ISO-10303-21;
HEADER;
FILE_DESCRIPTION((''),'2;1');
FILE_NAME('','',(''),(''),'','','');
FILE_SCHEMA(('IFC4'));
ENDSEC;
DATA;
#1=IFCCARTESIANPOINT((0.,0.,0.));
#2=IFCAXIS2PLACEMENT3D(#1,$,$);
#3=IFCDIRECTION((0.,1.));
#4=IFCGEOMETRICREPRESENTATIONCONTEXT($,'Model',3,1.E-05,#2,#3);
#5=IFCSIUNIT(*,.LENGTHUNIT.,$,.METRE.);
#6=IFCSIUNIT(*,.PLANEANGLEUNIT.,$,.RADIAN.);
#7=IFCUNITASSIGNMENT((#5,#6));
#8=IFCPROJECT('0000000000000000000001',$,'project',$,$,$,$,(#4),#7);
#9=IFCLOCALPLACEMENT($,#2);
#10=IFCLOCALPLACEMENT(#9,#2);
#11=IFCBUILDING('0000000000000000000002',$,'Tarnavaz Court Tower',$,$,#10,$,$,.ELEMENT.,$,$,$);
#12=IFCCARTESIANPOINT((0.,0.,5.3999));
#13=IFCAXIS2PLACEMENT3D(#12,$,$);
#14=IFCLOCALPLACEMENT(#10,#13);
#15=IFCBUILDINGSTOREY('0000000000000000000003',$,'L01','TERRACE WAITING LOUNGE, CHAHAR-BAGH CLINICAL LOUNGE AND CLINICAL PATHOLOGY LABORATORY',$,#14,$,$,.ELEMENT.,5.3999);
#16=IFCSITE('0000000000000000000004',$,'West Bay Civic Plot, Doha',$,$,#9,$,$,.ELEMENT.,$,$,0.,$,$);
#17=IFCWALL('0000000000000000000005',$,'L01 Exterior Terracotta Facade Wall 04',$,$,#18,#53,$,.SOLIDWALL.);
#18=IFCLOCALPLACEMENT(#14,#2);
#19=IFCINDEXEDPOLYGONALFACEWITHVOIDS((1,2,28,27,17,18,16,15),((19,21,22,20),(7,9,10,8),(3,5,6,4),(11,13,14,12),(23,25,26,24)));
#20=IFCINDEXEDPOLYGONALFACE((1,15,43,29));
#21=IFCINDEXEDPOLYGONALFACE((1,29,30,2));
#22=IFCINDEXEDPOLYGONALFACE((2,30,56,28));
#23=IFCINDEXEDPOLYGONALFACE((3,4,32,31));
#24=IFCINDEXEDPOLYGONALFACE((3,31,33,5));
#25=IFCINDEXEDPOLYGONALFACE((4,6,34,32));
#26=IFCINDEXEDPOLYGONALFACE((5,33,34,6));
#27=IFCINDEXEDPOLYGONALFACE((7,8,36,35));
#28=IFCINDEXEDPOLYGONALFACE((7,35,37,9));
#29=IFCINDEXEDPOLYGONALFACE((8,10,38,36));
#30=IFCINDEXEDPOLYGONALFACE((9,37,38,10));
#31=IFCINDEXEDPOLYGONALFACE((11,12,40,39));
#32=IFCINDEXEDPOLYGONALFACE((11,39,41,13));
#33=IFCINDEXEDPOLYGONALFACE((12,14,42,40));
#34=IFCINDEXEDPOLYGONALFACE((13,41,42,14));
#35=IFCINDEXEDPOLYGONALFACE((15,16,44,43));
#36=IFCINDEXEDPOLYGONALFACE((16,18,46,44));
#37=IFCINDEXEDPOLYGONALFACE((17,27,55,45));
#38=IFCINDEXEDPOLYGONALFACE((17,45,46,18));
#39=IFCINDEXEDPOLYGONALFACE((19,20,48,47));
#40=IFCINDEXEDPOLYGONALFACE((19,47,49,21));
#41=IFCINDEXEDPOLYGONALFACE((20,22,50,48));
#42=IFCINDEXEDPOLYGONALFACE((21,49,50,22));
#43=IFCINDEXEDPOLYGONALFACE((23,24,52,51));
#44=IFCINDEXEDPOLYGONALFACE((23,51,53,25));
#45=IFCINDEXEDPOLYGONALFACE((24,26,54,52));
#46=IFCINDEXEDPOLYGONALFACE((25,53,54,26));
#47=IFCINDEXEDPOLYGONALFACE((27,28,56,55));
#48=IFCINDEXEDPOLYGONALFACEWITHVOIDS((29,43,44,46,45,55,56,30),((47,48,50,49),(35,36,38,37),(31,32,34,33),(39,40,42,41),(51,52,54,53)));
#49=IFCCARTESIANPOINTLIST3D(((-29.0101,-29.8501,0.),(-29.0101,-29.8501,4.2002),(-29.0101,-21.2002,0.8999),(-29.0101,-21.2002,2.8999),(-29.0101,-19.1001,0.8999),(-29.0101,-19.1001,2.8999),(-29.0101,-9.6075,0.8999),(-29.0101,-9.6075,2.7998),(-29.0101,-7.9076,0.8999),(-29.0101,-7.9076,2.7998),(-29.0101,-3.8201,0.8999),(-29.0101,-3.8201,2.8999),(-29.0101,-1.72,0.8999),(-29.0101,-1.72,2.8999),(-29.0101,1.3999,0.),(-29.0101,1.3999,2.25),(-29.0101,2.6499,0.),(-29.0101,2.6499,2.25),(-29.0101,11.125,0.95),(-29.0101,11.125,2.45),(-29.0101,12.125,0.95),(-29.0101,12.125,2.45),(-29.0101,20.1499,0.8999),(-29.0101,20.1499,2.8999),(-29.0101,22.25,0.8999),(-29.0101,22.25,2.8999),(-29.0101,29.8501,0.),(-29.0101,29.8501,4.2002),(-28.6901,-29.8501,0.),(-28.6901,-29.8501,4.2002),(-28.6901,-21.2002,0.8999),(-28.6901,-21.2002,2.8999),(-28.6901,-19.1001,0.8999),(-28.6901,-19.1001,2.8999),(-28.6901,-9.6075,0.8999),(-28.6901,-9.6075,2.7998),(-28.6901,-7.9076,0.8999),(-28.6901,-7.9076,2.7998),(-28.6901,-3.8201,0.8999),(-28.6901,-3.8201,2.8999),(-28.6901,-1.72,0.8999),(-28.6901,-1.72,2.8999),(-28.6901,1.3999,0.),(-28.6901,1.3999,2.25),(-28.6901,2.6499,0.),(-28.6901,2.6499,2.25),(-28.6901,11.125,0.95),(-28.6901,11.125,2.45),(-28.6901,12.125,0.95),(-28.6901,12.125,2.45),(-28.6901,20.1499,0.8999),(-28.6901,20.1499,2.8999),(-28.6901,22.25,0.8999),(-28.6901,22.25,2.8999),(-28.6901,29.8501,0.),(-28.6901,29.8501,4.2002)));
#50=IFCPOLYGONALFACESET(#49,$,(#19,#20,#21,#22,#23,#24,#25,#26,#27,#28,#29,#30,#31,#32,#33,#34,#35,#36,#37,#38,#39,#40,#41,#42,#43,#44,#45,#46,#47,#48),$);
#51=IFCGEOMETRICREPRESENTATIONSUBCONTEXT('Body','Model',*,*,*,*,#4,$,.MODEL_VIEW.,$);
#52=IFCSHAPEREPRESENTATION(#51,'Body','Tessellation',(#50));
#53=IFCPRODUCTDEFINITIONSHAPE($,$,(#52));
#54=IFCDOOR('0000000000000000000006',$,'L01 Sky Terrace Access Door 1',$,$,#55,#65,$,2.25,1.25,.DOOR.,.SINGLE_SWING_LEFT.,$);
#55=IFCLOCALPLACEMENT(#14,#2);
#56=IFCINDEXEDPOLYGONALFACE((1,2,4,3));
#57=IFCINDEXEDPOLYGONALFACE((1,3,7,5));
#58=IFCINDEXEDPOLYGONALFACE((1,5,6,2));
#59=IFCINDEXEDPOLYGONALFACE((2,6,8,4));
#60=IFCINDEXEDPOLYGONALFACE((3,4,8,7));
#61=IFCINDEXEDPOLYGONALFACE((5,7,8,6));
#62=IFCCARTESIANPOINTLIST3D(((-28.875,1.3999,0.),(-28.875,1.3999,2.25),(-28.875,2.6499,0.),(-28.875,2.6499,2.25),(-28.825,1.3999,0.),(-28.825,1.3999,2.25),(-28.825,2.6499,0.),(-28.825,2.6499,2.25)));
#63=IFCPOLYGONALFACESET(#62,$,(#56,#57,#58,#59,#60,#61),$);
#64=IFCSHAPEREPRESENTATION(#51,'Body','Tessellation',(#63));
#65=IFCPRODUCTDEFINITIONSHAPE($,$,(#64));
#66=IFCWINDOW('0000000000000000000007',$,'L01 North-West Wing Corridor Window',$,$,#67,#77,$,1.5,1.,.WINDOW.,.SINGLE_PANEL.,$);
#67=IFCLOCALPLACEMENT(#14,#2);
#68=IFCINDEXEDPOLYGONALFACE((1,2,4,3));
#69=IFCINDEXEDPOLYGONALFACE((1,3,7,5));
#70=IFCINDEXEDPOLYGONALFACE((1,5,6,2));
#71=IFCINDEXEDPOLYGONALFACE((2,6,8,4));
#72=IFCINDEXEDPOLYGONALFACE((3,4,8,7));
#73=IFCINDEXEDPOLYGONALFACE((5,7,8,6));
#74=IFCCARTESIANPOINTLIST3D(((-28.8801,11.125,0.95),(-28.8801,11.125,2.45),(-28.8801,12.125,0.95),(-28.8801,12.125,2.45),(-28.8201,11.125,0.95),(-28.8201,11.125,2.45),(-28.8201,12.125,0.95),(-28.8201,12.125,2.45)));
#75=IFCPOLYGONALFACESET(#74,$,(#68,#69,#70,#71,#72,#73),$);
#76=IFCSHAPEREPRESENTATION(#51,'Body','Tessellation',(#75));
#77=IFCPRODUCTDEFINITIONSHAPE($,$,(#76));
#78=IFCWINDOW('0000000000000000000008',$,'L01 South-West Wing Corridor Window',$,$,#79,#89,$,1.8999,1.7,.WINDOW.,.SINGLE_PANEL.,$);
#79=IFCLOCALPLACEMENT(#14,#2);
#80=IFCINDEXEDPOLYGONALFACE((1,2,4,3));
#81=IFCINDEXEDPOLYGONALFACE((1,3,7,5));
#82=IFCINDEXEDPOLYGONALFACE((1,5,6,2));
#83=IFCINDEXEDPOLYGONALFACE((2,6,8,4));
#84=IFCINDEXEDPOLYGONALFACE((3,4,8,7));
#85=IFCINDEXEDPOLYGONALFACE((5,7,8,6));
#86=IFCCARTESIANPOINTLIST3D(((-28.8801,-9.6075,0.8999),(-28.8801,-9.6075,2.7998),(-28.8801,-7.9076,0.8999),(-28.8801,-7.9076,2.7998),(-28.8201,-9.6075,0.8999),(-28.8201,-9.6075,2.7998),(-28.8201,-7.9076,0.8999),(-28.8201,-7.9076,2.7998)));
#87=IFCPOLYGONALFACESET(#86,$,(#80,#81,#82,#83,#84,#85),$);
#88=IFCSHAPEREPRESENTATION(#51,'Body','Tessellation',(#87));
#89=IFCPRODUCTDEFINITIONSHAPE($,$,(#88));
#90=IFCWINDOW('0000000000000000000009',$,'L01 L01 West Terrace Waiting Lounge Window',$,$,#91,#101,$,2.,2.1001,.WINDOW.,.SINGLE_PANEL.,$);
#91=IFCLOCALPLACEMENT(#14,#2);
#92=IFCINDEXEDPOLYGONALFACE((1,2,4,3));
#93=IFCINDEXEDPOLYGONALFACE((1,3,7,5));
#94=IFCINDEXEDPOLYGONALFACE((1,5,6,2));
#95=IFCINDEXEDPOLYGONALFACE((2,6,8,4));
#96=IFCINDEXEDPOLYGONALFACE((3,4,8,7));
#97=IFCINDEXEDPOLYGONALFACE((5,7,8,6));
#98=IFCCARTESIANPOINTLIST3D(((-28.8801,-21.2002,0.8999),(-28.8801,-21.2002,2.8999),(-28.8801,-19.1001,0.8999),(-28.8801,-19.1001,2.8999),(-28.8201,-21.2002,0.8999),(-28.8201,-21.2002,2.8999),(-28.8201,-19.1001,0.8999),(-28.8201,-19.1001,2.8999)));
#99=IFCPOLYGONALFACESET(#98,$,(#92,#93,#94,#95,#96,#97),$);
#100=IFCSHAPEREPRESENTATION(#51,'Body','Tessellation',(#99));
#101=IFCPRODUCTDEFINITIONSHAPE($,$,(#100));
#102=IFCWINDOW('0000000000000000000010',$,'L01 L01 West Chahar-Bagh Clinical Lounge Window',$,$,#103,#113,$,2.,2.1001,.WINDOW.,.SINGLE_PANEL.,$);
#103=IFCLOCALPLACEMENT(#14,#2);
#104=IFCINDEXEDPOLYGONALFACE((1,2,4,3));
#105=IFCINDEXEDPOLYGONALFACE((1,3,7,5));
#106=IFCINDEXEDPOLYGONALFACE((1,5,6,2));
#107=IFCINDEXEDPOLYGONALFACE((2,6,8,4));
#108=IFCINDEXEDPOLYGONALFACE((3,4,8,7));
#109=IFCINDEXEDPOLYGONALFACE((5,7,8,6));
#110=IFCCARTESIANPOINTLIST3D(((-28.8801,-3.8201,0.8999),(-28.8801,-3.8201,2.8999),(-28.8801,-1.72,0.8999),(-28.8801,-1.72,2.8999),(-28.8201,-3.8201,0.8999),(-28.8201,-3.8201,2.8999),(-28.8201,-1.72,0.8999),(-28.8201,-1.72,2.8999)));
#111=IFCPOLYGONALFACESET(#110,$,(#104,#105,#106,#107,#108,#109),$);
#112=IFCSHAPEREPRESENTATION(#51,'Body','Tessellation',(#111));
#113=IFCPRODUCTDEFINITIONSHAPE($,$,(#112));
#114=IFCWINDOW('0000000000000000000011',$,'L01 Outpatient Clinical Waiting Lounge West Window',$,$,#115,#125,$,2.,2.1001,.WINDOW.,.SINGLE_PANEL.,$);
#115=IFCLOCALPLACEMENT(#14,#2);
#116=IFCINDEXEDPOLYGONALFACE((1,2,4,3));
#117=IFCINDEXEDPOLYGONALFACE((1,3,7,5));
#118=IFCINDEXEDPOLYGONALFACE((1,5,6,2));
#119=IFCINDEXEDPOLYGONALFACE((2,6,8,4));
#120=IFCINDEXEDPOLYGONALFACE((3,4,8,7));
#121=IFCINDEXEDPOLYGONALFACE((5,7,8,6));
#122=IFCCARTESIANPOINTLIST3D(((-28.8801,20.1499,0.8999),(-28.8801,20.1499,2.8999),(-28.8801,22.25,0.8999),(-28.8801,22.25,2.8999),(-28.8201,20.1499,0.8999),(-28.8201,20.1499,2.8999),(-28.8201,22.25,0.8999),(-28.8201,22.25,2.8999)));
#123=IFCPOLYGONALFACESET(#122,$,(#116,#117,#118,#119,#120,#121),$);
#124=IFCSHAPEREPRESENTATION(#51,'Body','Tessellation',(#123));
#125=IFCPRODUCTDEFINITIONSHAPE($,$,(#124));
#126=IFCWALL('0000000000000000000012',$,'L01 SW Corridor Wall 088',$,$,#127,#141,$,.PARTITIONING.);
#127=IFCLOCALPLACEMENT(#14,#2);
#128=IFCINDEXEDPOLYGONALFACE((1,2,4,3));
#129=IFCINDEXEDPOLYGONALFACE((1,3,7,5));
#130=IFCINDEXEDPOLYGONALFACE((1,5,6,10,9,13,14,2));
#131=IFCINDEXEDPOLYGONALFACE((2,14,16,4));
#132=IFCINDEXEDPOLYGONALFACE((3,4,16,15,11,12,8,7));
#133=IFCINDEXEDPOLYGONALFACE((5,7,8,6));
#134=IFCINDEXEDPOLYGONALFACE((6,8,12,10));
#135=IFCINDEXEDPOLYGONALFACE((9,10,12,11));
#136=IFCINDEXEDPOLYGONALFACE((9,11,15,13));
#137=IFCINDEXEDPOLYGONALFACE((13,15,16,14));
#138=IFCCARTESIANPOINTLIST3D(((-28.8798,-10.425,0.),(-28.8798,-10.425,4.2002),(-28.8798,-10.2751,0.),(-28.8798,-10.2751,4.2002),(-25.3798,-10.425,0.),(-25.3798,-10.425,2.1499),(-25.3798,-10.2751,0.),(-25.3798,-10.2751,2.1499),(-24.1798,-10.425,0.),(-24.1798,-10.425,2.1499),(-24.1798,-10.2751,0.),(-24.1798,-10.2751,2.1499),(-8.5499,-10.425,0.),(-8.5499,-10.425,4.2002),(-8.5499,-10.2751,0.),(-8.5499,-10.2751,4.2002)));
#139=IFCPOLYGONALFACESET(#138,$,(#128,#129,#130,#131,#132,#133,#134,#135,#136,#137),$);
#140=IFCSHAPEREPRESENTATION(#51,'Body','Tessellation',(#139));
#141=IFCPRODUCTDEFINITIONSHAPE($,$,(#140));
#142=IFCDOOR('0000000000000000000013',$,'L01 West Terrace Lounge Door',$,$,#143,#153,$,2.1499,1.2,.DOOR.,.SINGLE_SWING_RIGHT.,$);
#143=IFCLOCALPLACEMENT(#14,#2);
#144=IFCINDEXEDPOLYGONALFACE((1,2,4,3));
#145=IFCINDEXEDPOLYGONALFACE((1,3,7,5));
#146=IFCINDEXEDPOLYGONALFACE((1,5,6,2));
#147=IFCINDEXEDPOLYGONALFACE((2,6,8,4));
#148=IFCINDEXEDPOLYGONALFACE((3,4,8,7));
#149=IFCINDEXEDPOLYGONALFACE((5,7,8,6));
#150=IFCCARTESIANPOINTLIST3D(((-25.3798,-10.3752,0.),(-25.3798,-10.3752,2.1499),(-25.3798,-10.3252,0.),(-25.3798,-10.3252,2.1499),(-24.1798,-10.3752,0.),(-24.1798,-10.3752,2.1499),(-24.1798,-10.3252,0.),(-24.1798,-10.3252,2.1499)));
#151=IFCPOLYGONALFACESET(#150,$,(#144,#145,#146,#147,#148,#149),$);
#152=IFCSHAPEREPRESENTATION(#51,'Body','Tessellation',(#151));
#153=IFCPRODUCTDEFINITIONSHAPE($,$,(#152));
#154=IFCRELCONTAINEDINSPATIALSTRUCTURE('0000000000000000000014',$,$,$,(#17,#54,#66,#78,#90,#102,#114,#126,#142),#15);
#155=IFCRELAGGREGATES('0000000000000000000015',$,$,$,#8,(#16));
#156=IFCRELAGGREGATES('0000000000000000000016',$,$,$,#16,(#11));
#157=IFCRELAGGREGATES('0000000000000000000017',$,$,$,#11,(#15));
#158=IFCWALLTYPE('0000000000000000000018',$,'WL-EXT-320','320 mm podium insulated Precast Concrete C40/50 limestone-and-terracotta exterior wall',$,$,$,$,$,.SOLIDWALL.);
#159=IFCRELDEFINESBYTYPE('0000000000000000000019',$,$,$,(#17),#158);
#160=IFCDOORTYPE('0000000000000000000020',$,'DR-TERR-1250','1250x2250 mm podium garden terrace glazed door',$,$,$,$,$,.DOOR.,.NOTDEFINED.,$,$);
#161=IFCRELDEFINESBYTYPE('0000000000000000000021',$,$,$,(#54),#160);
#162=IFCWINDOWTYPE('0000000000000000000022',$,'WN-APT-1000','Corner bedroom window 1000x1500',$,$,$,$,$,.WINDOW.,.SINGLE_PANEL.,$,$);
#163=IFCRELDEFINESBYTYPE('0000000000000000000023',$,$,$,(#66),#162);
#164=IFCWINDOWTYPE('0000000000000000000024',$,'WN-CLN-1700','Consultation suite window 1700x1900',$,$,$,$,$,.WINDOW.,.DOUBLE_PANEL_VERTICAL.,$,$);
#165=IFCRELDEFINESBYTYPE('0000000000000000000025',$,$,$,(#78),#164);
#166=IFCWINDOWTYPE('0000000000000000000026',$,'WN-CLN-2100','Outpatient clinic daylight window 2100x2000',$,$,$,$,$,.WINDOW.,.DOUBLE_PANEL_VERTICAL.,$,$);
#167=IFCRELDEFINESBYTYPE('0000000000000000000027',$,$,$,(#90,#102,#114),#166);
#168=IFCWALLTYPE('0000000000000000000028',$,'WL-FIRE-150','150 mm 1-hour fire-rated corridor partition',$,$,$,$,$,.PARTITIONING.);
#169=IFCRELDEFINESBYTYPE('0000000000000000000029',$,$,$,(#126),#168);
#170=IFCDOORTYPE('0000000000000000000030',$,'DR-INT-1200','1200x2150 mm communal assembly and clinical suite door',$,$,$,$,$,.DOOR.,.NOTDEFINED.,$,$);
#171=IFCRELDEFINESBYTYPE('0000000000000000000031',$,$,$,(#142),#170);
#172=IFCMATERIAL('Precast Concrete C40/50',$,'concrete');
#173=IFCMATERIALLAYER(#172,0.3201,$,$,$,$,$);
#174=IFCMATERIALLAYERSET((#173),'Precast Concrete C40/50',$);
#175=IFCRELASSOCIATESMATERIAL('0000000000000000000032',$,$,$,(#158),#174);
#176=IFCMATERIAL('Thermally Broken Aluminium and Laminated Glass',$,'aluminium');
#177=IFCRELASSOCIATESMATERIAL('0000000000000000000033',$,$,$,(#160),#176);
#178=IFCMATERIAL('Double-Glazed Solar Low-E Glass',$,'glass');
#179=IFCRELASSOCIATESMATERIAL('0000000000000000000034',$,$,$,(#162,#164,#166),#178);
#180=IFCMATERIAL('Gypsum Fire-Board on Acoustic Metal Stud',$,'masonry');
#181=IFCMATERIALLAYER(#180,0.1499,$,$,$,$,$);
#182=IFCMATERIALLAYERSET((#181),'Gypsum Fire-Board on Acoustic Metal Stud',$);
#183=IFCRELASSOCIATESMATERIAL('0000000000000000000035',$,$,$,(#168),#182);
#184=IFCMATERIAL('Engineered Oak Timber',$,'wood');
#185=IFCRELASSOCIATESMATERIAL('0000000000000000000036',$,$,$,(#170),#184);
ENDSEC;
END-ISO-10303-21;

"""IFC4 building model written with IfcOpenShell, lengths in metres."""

from ifc_helpers import new_model, si_unit, direction, frame, frame_2d, origin, place, context, subcontext, project, spatial, rectangle, extrude, material, layer, layer_set, type_object, element, fill, save


model = new_model("IFC4")

# Units and contexts
model_context = context("Model", 3, precision=1e-05, world=origin(), true_north=direction((0.0, 1.0)))
body_context = subcontext(model_context, "Body", "Model", "MODEL_VIEW")
ifc_project = project(units=[si_unit("LENGTHUNIT", "METRE"), si_unit("PLANEANGLEUNIT", "RADIAN")], contexts=[model_context])

# Site, building, storey
site_placement = place(None, origin())
site = spatial("IfcSite", under=ifc_project, at=site_placement, Name="West Bay Civic Plot, Doha", CompositionType="ELEMENT", RefElevation=0.0)
building_placement = place(site_placement, origin())
building = spatial("IfcBuilding", under=site, at=building_placement, Name="Tarnavaz Court Tower", CompositionType="ELEMENT")
storey_placement = place(building_placement, frame((0.0, 0.0, 5.3999)))
storey = spatial("IfcBuildingStorey", under=building, at=storey_placement, Name="L01", Description="TERRACE WAITING LOUNGE, CHAHAR-BAGH CLINICAL LOUNGE AND CLINICAL PATHOLOGY LABORATORY", CompositionType="ELEMENT", Elevation=5.3999)

# Shared definitions
ifc_material_1 = material(Name="Double-Glazed Solar Low-E Glass", Category="glass")

# Wall, openings, door, windows
ifc_material_2 = material(Name="Precast Concrete C40/50", Category="concrete")
ifc_layer_1 = layer(ifc_material_2, 0.3201)
ifc_layer_set_1 = layer_set([ifc_layer_1], Name="Precast Concrete C40/50")
wall_type_1 = type_object("IfcWallType", Name="WL-EXT-320", Description="320 mm podium insulated Precast Concrete C40/50 limestone-and-terracotta exterior wall", PredefinedType="SOLIDWALL", material=ifc_layer_set_1)
wall_1_placement = place(storey_placement, frame((-28.8501, -29.8501, 0.0), z_axis=(0.0, 0.0, 1.0), x_axis=(0.0, 1.0, 0.0)))
wall_1 = element("IfcWall", 1, at=wall_1_placement, inside=storey, type_object=wall_type_1, Name="L01 Exterior Terracotta Facade Wall 04", PredefinedType="SOLIDWALL", context=body_context, shape_type="SweptSolid", body=[
    extrude(rectangle(XDim=59.7002, YDim=0.3201, at=frame_2d((29.8501, 0.0))), origin(), (0.0, 0.0, 1.0), 4.2002),
])
opening_1_placement = place(wall_1_placement, frame((31.25, 0.0, 0.0)))
opening_1 = element("IfcOpeningElement", 2, at=opening_1_placement, cuts=wall_1, PredefinedType="OPENING", context=body_context, shape_type="SweptSolid", body=[
    extrude(rectangle(XDim=1.25, YDim=2.25, at=frame_2d((0.625, 1.125))), frame((0.0, 0.1699, 0.0), z_axis=(0.0, -1.0, 0.0), x_axis=(1.0, 0.0, 0.0)), (0.0, 0.0, 1.0), 0.3401),
])
opening_2_placement = place(wall_1_placement, frame((8.6499, 0.0, 0.8999)))
opening_2 = element("IfcOpeningElement", 3, at=opening_2_placement, cuts=wall_1, PredefinedType="OPENING", context=body_context, shape_type="SweptSolid", body=[
    extrude(rectangle(XDim=2.1001, YDim=2.0, at=frame_2d((1.05, 1.0))), frame((0.0, 0.1699, 0.0), z_axis=(0.0, -1.0, 0.0), x_axis=(1.0, 0.0, 0.0)), (0.0, 0.0, 1.0), 0.3401),
])
opening_3_placement = place(wall_1_placement, frame((20.2424, 0.0, 0.8999)))
opening_3 = element("IfcOpeningElement", 4, at=opening_3_placement, cuts=wall_1, PredefinedType="OPENING", context=body_context, shape_type="SweptSolid", body=[
    extrude(rectangle(XDim=1.7, YDim=1.8999, at=frame_2d((0.8501, 0.95))), frame((0.0, 0.1699, 0.0), z_axis=(0.0, -1.0, 0.0), x_axis=(1.0, 0.0, 0.0)), (0.0, 0.0, 1.0), 0.3401),
])
opening_4_placement = place(wall_1_placement, frame((26.03, 0.0, 0.8999)))
opening_4 = element("IfcOpeningElement", 5, at=opening_4_placement, cuts=wall_1, PredefinedType="OPENING", context=body_context, shape_type="SweptSolid", body=[
    extrude(rectangle(XDim=2.1001, YDim=2.0, at=frame_2d((1.05, 1.0))), frame((0.0, 0.1699, 0.0), z_axis=(0.0, -1.0, 0.0), x_axis=(1.0, 0.0, 0.0)), (0.0, 0.0, 1.0), 0.3401),
])
opening_5_placement = place(wall_1_placement, frame((40.9751, 0.0, 0.95)))
opening_5 = element("IfcOpeningElement", 6, at=opening_5_placement, cuts=wall_1, PredefinedType="OPENING", context=body_context, shape_type="SweptSolid", body=[
    extrude(rectangle(XDim=1.0, YDim=1.5, at=frame_2d((0.5, 0.75))), frame((0.0, 0.1699, 0.0), z_axis=(0.0, -1.0, 0.0), x_axis=(1.0, 0.0, 0.0)), (0.0, 0.0, 1.0), 0.3401),
])
opening_6_placement = place(wall_1_placement, frame((50.0, 0.0, 0.8999)))
opening_6 = element("IfcOpeningElement", 7, at=opening_6_placement, cuts=wall_1, PredefinedType="OPENING", context=body_context, shape_type="SweptSolid", body=[
    extrude(rectangle(XDim=2.1001, YDim=2.0, at=frame_2d((1.05, 1.0))), frame((0.0, 0.1699, 0.0), z_axis=(0.0, -1.0, 0.0), x_axis=(1.0, 0.0, 0.0)), (0.0, 0.0, 1.0), 0.3401),
])
ifc_material_3 = material(Name="Thermally Broken Aluminium and Laminated Glass", Category="aluminium")
door_type_1 = type_object("IfcDoorType", Name="DR-TERR-1250", Description="1250x2250 mm podium garden terrace glazed door", OperationType="NOTDEFINED", PredefinedType="DOOR", material=ifc_material_3)
door_1_placement = place(opening_1_placement, origin())
door_1 = element("IfcDoor", 8, at=door_1_placement, inside=storey, type_object=door_type_1, Name="L01 Sky Terrace Access Door 1", OperationType="SINGLE_SWING_LEFT", OverallHeight=2.25, OverallWidth=1.25, PredefinedType="DOOR", context=body_context, shape_type="SweptSolid", body=[
    extrude(rectangle(XDim=1.25, YDim=2.25, at=frame_2d((0.625, 1.125))), frame((0.0, 0.0249, 0.0), z_axis=(0.0, -1.0, 0.0), x_axis=(1.0, 0.0, 0.0)), (0.0, 0.0, 1.0), 0.05),
])
fill(opening_1, door_1)
window_type_1 = type_object("IfcWindowType", Name="WN-APT-1000", Description="Corner bedroom window 1000x1500", PartitioningType="SINGLE_PANEL", PredefinedType="WINDOW", material=ifc_material_1)
window_1_placement = place(opening_5_placement, origin())
window_1 = element("IfcWindow", 9, at=window_1_placement, inside=storey, type_object=window_type_1, Name="L01 North-West Wing Corridor Window", OverallHeight=1.5, OverallWidth=1.0, PartitioningType="SINGLE_PANEL", PredefinedType="WINDOW", context=body_context, shape_type="SweptSolid", body=[
    extrude(rectangle(XDim=1.0, YDim=1.5, at=frame_2d((0.5, 0.75))), frame((0.0, 0.03, 0.0), z_axis=(0.0, -1.0, 0.0), x_axis=(1.0, 0.0, 0.0)), (0.0, 0.0, 1.0), 0.0601),
])
fill(opening_5, window_1)
window_type_2 = type_object("IfcWindowType", Name="WN-CLN-1700", Description="Consultation suite window 1700x1900", PartitioningType="DOUBLE_PANEL_VERTICAL", PredefinedType="WINDOW", material=ifc_material_1)
window_2_placement = place(opening_3_placement, origin())
window_2 = element("IfcWindow", 10, at=window_2_placement, inside=storey, type_object=window_type_2, Name="L01 South-West Wing Corridor Window", OverallHeight=1.8999, OverallWidth=1.7, PartitioningType="SINGLE_PANEL", PredefinedType="WINDOW", context=body_context, shape_type="SweptSolid", body=[
    extrude(rectangle(XDim=1.7, YDim=1.8999, at=frame_2d((0.8501, 0.95))), frame((0.0, 0.03, 0.0), z_axis=(0.0, -1.0, 0.0), x_axis=(1.0, 0.0, 0.0)), (0.0, 0.0, 1.0), 0.0601),
])
fill(opening_3, window_2)
window_type_3 = type_object("IfcWindowType", Name="WN-CLN-2100", Description="Outpatient clinic daylight window 2100x2000", PartitioningType="DOUBLE_PANEL_VERTICAL", PredefinedType="WINDOW", material=ifc_material_1)
window_3_placement = place(opening_2_placement, origin())
window_3 = element("IfcWindow", 11, at=window_3_placement, inside=storey, type_object=window_type_3, Name="L01 L01 West Terrace Waiting Lounge Window", OverallHeight=2.0, OverallWidth=2.1001, PartitioningType="SINGLE_PANEL", PredefinedType="WINDOW", context=body_context, shape_type="SweptSolid", body=[
    extrude(rectangle(XDim=2.1001, YDim=2.0, at=frame_2d((1.05, 1.0))), frame((0.0, 0.03, 0.0), z_axis=(0.0, -1.0, 0.0), x_axis=(1.0, 0.0, 0.0)), (0.0, 0.0, 1.0), 0.0601),
])
fill(opening_2, window_3)
window_4_placement = place(opening_4_placement, origin())
window_4 = element("IfcWindow", 12, at=window_4_placement, inside=storey, type_object=window_type_3, Name="L01 L01 West Chahar-Bagh Clinical Lounge Window", OverallHeight=2.0, OverallWidth=2.1001, PartitioningType="SINGLE_PANEL", PredefinedType="WINDOW", context=body_context, shape_type="SweptSolid", body=[
    extrude(rectangle(XDim=2.1001, YDim=2.0, at=frame_2d((1.05, 1.0))), frame((0.0, 0.03, 0.0), z_axis=(0.0, -1.0, 0.0), x_axis=(1.0, 0.0, 0.0)), (0.0, 0.0, 1.0), 0.0601),
])
fill(opening_4, window_4)
window_5_placement = place(opening_6_placement, origin())
window_5 = element("IfcWindow", 13, at=window_5_placement, inside=storey, type_object=window_type_3, Name="L01 Outpatient Clinical Waiting Lounge West Window", OverallHeight=2.0, OverallWidth=2.1001, PartitioningType="SINGLE_PANEL", PredefinedType="WINDOW", context=body_context, shape_type="SweptSolid", body=[
    extrude(rectangle(XDim=2.1001, YDim=2.0, at=frame_2d((1.05, 1.0))), frame((0.0, 0.03, 0.0), z_axis=(0.0, -1.0, 0.0), x_axis=(1.0, 0.0, 0.0)), (0.0, 0.0, 1.0), 0.0601),
])
fill(opening_6, window_5)

# Wall, opening, door
ifc_material_4 = material(Name="Gypsum Fire-Board on Acoustic Metal Stud", Category="masonry")
ifc_layer_2 = layer(ifc_material_4, 0.1499)
ifc_layer_set_2 = layer_set([ifc_layer_2], Name="Gypsum Fire-Board on Acoustic Metal Stud")
wall_type_2 = type_object("IfcWallType", Name="WL-FIRE-150", Description="150 mm 1-hour fire-rated corridor partition", PredefinedType="PARTITIONING", material=ifc_layer_set_2)
wall_2_placement = place(storey_placement, frame((-28.8799, -10.3501, 0.0), z_axis=(0.0, 0.0, 1.0), x_axis=(1.0, 0.0, 0.0)))
wall_2 = element("IfcWall", 14, at=wall_2_placement, inside=storey, type_object=wall_type_2, Name="L01 SW Corridor Wall 088", PredefinedType="PARTITIONING", context=body_context, shape_type="SweptSolid", body=[
    extrude(rectangle(XDim=20.3298, YDim=0.1499, at=frame_2d((10.165, 0.0))), origin(), (0.0, 0.0, 1.0), 4.2002),
])
opening_7_placement = place(wall_2_placement, frame((3.5, 0.0, 0.0)))
opening_7 = element("IfcOpeningElement", 15, at=opening_7_placement, cuts=wall_2, PredefinedType="OPENING", context=body_context, shape_type="SweptSolid", body=[
    extrude(rectangle(XDim=1.2, YDim=2.1499, at=frame_2d((0.6001, 1.075))), frame((0.0, 0.085, 0.0), z_axis=(0.0, -1.0, 0.0), x_axis=(1.0, 0.0, 0.0)), (0.0, 0.0, 1.0), 0.1699),
])
ifc_material_5 = material(Name="Engineered Oak Timber", Category="wood")
door_type_2 = type_object("IfcDoorType", Name="DR-INT-1200", Description="1200x2150 mm communal assembly and clinical suite door", OperationType="NOTDEFINED", PredefinedType="DOOR", material=ifc_material_5)
door_2_placement = place(opening_7_placement, origin())
door_2 = element("IfcDoor", 16, at=door_2_placement, inside=storey, type_object=door_type_2, Name="L01 West Terrace Lounge Door", OperationType="SINGLE_SWING_RIGHT", OverallHeight=2.1499, OverallWidth=1.2, PredefinedType="DOOR", context=body_context, shape_type="SweptSolid", body=[
    extrude(rectangle(XDim=1.2, YDim=2.1499, at=frame_2d((0.6001, 1.075))), frame((0.0, 0.0249, 0.0), z_axis=(0.0, -1.0, 0.0), x_axis=(1.0, 0.0, 0.0)), (0.0, 0.0, 1.0), 0.05),
])
fill(opening_7, door_2)

save(model, "model.ifc")
